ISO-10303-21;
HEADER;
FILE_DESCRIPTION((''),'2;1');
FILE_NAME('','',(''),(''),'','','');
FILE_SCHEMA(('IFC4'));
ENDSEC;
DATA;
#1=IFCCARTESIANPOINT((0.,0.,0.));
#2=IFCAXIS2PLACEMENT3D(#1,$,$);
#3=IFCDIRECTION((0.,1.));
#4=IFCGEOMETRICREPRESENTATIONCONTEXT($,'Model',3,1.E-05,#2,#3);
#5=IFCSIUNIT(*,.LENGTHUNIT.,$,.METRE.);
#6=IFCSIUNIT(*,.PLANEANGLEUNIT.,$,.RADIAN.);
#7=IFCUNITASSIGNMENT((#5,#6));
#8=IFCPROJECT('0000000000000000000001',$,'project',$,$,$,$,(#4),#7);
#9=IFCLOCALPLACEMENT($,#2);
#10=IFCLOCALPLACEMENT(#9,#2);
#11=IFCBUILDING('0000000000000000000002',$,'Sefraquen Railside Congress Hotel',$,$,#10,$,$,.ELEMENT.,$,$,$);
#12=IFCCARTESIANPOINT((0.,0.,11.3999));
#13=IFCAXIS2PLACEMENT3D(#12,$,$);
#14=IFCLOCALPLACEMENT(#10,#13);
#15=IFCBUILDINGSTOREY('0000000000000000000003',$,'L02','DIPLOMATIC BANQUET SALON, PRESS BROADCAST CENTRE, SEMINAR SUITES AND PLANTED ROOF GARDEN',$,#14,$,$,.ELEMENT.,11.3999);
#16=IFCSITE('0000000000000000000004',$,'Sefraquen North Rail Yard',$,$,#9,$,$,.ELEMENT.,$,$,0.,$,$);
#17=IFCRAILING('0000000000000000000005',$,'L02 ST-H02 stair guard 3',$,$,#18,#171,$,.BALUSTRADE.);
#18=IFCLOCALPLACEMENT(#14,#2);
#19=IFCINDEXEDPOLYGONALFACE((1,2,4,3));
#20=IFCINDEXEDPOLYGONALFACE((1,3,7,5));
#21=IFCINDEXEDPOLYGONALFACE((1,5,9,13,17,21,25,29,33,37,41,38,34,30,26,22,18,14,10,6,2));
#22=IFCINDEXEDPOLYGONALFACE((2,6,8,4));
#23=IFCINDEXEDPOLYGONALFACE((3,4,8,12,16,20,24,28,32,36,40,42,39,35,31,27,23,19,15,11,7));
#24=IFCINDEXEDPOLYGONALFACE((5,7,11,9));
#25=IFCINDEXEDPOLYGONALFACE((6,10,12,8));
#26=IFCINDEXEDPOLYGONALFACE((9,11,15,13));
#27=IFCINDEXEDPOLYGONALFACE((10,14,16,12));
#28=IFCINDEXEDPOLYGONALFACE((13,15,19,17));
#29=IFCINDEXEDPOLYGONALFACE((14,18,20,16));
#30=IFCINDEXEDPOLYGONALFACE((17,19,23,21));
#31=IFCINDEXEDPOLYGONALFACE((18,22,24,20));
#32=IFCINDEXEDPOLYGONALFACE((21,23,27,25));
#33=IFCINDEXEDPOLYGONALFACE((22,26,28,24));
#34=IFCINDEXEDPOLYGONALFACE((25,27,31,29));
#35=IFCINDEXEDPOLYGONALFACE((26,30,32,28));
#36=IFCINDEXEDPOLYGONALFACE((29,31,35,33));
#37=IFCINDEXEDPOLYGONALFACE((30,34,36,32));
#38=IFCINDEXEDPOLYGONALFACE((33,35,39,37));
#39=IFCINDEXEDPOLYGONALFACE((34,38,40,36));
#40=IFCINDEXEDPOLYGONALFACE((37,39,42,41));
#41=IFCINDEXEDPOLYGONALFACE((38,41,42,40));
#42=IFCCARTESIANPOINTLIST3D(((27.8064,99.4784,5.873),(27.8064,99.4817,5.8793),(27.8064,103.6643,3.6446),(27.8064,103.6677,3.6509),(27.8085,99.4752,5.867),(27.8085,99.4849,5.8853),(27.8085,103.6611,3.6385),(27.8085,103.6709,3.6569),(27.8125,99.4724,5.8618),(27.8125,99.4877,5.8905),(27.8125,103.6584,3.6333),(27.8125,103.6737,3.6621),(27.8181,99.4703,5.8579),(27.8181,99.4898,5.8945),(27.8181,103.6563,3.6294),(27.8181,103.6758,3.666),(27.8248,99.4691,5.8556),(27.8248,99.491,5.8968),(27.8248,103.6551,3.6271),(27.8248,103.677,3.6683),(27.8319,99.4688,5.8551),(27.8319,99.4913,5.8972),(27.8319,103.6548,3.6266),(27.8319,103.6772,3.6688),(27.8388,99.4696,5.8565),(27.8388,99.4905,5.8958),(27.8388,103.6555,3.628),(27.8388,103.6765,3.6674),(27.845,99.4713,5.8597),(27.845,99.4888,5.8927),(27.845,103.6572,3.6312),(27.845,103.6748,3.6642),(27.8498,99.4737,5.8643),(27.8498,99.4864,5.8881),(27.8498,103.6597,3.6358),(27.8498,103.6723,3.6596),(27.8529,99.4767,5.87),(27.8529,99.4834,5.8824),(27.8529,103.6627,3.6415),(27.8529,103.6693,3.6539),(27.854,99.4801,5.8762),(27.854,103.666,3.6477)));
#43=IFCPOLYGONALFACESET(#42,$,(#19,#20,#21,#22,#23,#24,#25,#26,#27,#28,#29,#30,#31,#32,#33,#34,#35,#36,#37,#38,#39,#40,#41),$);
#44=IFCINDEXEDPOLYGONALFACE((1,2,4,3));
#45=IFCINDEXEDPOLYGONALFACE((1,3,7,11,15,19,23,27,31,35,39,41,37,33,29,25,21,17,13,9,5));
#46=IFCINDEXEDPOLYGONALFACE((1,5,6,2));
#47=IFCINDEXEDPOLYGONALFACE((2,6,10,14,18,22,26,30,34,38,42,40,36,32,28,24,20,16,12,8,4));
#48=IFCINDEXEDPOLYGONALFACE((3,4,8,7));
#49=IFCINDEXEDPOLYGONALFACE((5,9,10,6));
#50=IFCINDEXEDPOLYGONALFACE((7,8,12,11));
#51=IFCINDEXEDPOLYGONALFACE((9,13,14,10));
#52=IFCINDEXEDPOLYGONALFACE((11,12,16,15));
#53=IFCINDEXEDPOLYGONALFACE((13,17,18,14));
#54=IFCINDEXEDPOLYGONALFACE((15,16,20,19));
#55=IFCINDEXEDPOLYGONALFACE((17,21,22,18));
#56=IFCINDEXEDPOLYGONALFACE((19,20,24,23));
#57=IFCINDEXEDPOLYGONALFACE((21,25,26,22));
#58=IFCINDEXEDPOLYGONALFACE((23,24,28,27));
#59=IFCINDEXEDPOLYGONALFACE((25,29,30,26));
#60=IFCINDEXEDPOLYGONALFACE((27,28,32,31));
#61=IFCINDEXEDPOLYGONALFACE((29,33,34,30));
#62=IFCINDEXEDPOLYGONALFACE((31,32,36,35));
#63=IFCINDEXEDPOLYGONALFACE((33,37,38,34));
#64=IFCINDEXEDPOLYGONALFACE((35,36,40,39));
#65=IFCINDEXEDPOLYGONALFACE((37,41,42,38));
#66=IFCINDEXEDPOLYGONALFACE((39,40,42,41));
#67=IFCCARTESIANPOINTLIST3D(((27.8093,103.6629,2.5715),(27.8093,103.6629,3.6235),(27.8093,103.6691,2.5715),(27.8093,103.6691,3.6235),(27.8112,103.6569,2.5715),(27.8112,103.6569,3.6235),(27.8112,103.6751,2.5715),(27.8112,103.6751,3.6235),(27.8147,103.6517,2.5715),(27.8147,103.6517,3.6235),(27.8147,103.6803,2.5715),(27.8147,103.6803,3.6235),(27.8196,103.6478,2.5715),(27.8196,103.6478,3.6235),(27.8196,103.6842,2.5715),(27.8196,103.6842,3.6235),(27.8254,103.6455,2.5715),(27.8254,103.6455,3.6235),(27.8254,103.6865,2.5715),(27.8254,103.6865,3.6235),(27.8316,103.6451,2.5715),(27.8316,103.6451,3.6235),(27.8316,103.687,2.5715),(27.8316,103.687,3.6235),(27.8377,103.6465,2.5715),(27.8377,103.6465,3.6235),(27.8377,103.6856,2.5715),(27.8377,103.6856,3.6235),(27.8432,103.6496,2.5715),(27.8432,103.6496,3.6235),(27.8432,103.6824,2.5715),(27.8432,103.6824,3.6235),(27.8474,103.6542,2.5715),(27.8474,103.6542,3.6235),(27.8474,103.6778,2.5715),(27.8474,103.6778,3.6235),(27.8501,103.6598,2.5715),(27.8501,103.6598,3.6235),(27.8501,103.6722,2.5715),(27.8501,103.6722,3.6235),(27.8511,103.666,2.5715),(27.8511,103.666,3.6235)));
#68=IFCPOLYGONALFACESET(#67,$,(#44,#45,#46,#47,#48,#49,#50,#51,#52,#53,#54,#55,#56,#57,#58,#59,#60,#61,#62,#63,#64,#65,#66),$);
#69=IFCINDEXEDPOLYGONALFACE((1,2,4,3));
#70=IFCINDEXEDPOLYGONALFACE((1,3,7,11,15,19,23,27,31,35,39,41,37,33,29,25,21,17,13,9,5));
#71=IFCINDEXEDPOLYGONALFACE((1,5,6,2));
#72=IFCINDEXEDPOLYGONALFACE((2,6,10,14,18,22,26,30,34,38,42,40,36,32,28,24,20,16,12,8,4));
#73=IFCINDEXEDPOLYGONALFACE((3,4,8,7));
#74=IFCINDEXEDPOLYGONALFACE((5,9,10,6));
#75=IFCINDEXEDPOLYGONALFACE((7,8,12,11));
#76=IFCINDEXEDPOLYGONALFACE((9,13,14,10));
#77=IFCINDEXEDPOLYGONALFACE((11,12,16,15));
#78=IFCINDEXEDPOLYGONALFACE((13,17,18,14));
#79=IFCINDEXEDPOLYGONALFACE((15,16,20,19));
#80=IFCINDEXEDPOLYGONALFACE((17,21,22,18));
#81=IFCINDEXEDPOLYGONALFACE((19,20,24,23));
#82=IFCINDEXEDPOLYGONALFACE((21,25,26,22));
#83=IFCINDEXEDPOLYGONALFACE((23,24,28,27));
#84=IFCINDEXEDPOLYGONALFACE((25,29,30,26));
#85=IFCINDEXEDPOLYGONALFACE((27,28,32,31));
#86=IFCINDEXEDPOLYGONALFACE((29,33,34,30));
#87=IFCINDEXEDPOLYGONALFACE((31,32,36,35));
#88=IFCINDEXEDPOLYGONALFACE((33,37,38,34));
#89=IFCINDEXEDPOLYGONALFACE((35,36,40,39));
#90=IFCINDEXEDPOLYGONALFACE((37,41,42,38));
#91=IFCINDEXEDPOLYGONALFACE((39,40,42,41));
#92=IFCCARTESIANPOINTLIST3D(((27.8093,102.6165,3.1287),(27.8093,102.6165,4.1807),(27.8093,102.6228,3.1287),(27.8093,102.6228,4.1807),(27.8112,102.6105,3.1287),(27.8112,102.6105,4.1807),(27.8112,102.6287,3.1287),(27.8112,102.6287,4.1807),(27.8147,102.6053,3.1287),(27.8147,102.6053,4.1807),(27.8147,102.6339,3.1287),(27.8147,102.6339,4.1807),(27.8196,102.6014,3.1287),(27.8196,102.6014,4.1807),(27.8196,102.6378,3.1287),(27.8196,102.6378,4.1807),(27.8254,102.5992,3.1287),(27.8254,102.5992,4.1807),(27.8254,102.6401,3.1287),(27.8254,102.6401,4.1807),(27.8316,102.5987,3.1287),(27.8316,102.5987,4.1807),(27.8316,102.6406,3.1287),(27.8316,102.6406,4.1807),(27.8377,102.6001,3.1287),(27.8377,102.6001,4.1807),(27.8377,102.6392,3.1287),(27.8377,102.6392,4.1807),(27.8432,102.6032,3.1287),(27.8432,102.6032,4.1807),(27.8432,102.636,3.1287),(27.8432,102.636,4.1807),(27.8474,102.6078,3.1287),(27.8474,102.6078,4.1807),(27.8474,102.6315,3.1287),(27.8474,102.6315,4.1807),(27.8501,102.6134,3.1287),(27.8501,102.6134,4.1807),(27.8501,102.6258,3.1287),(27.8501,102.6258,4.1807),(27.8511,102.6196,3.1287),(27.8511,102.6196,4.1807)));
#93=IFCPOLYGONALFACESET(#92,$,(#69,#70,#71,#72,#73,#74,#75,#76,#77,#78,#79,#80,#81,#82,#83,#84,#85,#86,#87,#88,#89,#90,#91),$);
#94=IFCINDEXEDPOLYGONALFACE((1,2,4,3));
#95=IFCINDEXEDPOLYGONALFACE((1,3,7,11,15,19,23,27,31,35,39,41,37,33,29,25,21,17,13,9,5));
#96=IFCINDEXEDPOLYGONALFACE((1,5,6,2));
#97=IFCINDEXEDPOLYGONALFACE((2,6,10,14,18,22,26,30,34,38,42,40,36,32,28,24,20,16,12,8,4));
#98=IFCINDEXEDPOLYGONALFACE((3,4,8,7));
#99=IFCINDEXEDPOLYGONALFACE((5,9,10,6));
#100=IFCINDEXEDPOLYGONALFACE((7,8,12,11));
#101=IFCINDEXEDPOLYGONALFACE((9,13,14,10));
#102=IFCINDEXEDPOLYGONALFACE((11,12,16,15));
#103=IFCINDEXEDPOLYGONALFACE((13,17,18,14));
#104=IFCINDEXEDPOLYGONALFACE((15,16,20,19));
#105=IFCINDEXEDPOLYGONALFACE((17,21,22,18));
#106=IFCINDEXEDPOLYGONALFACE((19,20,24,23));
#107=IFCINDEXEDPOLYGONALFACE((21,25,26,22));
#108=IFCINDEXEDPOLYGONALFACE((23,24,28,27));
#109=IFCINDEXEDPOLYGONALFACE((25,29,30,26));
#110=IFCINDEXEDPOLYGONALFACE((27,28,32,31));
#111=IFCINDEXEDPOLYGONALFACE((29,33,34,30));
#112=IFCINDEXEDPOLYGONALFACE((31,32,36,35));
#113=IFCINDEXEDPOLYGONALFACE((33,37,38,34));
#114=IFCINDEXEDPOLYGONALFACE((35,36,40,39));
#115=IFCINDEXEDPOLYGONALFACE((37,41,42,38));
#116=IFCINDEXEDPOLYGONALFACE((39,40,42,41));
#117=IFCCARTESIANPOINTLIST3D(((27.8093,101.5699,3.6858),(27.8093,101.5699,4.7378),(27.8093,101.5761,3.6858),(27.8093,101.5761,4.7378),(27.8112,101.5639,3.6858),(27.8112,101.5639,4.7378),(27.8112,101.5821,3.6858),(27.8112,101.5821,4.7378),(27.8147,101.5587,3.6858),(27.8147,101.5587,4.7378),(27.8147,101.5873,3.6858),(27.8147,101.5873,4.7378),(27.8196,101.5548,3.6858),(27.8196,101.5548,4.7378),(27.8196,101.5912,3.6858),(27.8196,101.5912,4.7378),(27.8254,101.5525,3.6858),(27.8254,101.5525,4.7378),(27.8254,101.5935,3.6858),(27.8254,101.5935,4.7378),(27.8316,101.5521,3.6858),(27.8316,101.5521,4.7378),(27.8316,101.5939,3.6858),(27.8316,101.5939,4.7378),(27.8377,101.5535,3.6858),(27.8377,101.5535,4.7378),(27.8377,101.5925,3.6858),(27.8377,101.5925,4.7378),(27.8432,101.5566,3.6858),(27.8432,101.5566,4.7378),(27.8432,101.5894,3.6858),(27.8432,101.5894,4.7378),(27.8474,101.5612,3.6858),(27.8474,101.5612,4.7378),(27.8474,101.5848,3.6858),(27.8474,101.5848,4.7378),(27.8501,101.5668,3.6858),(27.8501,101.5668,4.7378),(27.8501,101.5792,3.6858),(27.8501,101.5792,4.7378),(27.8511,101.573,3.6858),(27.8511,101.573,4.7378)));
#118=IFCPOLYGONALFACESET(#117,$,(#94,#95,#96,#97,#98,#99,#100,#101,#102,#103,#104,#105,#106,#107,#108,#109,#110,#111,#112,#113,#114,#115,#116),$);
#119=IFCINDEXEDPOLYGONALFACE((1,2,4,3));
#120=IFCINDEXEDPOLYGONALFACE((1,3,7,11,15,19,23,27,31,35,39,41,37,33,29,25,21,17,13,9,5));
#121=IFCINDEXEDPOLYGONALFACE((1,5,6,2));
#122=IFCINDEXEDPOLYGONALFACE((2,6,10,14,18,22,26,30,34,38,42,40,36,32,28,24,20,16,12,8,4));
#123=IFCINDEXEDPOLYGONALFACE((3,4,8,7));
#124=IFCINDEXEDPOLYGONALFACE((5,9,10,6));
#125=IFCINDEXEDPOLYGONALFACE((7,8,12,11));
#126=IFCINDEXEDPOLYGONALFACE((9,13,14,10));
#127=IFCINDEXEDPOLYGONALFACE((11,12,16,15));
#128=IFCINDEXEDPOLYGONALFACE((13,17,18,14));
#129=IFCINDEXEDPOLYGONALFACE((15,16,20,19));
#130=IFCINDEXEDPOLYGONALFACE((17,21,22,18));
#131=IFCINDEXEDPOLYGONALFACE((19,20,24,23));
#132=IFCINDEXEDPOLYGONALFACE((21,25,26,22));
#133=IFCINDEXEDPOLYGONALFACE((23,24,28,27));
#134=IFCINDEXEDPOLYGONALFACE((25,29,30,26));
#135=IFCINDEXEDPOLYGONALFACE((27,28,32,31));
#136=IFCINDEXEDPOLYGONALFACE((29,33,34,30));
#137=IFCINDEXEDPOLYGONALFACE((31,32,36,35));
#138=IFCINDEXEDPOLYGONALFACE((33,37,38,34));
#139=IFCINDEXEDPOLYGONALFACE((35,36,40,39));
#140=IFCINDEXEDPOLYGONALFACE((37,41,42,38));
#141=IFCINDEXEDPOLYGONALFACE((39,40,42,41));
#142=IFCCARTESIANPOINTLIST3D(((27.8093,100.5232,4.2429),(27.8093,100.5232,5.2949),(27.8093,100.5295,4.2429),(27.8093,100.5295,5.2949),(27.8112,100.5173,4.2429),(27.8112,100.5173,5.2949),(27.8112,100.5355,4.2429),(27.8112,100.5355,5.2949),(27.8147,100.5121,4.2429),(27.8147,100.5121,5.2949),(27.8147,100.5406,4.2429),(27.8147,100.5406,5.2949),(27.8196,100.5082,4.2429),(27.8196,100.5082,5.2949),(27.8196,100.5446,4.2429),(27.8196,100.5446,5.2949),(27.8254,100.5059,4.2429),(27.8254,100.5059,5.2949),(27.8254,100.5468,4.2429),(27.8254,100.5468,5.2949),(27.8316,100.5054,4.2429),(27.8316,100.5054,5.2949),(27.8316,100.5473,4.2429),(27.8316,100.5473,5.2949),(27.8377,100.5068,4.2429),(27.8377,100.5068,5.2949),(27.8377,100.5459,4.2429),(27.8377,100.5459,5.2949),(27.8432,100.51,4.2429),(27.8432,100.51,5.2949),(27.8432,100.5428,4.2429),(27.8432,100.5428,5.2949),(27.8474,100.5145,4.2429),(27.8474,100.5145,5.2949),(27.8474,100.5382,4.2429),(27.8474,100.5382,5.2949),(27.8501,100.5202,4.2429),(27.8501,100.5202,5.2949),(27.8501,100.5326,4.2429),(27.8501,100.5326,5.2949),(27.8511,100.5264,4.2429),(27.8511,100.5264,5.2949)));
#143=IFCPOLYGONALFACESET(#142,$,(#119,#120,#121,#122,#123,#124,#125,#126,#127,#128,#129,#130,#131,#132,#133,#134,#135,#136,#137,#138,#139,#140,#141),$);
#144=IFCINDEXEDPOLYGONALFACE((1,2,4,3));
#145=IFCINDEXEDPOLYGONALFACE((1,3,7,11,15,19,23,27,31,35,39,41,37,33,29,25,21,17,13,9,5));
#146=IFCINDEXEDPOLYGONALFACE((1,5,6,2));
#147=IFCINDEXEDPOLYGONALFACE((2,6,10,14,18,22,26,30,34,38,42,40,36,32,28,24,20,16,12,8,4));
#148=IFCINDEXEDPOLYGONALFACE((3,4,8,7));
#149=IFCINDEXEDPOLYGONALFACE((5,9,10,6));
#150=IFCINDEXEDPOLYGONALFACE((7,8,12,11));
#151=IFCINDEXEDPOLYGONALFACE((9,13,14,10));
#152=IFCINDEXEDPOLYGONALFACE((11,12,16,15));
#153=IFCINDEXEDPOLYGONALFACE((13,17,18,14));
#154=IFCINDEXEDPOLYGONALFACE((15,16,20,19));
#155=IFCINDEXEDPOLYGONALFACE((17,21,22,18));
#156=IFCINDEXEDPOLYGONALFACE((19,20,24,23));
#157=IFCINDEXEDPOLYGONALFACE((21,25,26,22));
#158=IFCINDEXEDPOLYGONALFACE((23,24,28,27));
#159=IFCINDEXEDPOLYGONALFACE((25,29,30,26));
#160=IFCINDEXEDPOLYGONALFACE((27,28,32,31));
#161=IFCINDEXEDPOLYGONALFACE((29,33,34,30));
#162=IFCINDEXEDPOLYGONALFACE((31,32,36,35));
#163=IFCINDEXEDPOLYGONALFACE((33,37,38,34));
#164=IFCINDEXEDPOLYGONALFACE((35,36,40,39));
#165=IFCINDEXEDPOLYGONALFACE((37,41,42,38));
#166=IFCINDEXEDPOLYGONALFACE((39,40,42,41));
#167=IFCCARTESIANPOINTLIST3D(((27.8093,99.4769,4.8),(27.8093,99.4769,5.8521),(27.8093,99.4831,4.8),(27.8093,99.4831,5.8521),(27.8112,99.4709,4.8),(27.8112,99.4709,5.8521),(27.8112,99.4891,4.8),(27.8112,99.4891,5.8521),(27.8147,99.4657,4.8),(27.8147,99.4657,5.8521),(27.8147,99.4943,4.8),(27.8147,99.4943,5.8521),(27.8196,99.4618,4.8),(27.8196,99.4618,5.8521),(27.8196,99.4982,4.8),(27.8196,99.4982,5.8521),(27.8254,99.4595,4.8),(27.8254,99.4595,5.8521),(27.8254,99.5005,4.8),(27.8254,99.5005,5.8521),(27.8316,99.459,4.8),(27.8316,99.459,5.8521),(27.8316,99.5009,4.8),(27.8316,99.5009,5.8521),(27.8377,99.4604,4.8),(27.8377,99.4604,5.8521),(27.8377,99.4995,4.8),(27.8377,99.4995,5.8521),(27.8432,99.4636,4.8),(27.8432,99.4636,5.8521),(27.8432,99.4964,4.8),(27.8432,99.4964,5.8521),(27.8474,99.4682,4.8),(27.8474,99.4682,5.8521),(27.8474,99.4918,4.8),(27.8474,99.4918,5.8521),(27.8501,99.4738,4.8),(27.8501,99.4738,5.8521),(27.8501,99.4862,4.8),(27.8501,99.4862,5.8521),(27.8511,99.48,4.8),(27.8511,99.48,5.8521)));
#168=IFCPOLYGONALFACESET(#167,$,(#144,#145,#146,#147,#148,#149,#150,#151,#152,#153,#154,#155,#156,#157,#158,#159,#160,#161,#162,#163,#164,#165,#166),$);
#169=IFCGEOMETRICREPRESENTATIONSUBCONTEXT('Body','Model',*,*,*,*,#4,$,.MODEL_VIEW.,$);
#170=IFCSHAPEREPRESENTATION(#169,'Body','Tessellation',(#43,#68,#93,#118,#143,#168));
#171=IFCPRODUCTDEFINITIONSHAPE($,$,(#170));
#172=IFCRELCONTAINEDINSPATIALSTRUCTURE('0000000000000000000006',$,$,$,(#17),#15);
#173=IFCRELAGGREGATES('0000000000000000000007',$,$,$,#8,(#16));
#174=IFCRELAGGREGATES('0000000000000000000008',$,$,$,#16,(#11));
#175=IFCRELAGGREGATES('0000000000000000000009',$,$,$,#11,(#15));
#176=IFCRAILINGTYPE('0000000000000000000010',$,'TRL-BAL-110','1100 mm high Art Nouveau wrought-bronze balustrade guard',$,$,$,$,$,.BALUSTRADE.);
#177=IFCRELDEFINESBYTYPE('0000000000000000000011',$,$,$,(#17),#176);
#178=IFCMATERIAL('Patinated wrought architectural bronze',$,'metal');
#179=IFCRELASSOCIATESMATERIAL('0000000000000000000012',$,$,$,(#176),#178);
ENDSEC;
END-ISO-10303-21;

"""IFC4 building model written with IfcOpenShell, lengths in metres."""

from ifc_helpers import new_model, si_unit, direction, frame, origin, origin_2d, place, context, subcontext, project, spatial, circle, extrude, material, type_object, element, save


model = new_model("IFC4")

# Units and contexts
model_context = context("Model", 3, precision=1e-05, world=origin(), true_north=direction((0.0, 1.0)))
body_context = subcontext(model_context, "Body", "Model", "MODEL_VIEW")
ifc_project = project(units=[si_unit("LENGTHUNIT", "METRE"), si_unit("PLANEANGLEUNIT", "RADIAN")], contexts=[model_context])

# Site, building, storey
site_placement = place(None, origin())
site = spatial("IfcSite", under=ifc_project, at=site_placement, Name="Sefraquen North Rail Yard", CompositionType="ELEMENT", RefElevation=0.0)
building_placement = place(site_placement, origin())
building = spatial("IfcBuilding", under=site, at=building_placement, Name="Sefraquen Railside Congress Hotel", CompositionType="ELEMENT")
storey_placement = place(building_placement, frame((0.0, 0.0, 11.3999)))
storey = spatial("IfcBuildingStorey", under=building, at=storey_placement, Name="L02", Description="DIPLOMATIC BANQUET SALON, PRESS BROADCAST CENTRE, SEMINAR SUITES AND PLANTED ROOF GARDEN", CompositionType="ELEMENT", Elevation=11.3999)

# Railing
ifc_material_1 = material(Name="Patinated wrought architectural bronze", Category="metal")
railing_type_1 = type_object("IfcRailingType", Name="TRL-BAL-110", Description="1100 mm high Art Nouveau wrought-bronze balustrade guard", PredefinedType="BALUSTRADE", material=ifc_material_1)
railing_1_placement = place(storey_placement, frame((27.8301, 103.666, 2.5715)))
element("IfcRailing", 1, at=railing_1_placement, inside=storey, type_object=railing_type_1, Name="L02 ST-H02 stair guard 3", PredefinedType="BALUSTRADE", context=body_context, shape_type="SweptSolid", body=[
    extrude(circle(Radius=0.0239, at=origin_2d()), frame((0.0, 0.0, 1.0762), z_axis=(0.0, -0.882706, 0.469925), x_axis=(1.0, 0.0, 0.0)), (0.0, 0.0, 1.0), 4.7422),
    extrude(circle(Radius=0.021, at=origin_2d()), origin(), (0.0, 0.0, 1.0), 1.052),
    extrude(circle(Radius=0.021, at=origin_2d()), frame((0.0, -1.0464, 0.5571)), (0.0, 0.0, 1.0), 1.052),
    extrude(circle(Radius=0.021, at=origin_2d()), frame((0.0, -2.093, 1.1143)), (0.0, 0.0, 1.0), 1.052),
    extrude(circle(Radius=0.021, at=origin_2d()), frame((0.0, -3.1396, 1.6714)), (0.0, 0.0, 1.0), 1.052),
    extrude(circle(Radius=0.021, at=origin_2d()), frame((0.0, -4.186, 2.2285)), (0.0, 0.0, 1.0), 1.052),
])

save(model, "model.ifc")
